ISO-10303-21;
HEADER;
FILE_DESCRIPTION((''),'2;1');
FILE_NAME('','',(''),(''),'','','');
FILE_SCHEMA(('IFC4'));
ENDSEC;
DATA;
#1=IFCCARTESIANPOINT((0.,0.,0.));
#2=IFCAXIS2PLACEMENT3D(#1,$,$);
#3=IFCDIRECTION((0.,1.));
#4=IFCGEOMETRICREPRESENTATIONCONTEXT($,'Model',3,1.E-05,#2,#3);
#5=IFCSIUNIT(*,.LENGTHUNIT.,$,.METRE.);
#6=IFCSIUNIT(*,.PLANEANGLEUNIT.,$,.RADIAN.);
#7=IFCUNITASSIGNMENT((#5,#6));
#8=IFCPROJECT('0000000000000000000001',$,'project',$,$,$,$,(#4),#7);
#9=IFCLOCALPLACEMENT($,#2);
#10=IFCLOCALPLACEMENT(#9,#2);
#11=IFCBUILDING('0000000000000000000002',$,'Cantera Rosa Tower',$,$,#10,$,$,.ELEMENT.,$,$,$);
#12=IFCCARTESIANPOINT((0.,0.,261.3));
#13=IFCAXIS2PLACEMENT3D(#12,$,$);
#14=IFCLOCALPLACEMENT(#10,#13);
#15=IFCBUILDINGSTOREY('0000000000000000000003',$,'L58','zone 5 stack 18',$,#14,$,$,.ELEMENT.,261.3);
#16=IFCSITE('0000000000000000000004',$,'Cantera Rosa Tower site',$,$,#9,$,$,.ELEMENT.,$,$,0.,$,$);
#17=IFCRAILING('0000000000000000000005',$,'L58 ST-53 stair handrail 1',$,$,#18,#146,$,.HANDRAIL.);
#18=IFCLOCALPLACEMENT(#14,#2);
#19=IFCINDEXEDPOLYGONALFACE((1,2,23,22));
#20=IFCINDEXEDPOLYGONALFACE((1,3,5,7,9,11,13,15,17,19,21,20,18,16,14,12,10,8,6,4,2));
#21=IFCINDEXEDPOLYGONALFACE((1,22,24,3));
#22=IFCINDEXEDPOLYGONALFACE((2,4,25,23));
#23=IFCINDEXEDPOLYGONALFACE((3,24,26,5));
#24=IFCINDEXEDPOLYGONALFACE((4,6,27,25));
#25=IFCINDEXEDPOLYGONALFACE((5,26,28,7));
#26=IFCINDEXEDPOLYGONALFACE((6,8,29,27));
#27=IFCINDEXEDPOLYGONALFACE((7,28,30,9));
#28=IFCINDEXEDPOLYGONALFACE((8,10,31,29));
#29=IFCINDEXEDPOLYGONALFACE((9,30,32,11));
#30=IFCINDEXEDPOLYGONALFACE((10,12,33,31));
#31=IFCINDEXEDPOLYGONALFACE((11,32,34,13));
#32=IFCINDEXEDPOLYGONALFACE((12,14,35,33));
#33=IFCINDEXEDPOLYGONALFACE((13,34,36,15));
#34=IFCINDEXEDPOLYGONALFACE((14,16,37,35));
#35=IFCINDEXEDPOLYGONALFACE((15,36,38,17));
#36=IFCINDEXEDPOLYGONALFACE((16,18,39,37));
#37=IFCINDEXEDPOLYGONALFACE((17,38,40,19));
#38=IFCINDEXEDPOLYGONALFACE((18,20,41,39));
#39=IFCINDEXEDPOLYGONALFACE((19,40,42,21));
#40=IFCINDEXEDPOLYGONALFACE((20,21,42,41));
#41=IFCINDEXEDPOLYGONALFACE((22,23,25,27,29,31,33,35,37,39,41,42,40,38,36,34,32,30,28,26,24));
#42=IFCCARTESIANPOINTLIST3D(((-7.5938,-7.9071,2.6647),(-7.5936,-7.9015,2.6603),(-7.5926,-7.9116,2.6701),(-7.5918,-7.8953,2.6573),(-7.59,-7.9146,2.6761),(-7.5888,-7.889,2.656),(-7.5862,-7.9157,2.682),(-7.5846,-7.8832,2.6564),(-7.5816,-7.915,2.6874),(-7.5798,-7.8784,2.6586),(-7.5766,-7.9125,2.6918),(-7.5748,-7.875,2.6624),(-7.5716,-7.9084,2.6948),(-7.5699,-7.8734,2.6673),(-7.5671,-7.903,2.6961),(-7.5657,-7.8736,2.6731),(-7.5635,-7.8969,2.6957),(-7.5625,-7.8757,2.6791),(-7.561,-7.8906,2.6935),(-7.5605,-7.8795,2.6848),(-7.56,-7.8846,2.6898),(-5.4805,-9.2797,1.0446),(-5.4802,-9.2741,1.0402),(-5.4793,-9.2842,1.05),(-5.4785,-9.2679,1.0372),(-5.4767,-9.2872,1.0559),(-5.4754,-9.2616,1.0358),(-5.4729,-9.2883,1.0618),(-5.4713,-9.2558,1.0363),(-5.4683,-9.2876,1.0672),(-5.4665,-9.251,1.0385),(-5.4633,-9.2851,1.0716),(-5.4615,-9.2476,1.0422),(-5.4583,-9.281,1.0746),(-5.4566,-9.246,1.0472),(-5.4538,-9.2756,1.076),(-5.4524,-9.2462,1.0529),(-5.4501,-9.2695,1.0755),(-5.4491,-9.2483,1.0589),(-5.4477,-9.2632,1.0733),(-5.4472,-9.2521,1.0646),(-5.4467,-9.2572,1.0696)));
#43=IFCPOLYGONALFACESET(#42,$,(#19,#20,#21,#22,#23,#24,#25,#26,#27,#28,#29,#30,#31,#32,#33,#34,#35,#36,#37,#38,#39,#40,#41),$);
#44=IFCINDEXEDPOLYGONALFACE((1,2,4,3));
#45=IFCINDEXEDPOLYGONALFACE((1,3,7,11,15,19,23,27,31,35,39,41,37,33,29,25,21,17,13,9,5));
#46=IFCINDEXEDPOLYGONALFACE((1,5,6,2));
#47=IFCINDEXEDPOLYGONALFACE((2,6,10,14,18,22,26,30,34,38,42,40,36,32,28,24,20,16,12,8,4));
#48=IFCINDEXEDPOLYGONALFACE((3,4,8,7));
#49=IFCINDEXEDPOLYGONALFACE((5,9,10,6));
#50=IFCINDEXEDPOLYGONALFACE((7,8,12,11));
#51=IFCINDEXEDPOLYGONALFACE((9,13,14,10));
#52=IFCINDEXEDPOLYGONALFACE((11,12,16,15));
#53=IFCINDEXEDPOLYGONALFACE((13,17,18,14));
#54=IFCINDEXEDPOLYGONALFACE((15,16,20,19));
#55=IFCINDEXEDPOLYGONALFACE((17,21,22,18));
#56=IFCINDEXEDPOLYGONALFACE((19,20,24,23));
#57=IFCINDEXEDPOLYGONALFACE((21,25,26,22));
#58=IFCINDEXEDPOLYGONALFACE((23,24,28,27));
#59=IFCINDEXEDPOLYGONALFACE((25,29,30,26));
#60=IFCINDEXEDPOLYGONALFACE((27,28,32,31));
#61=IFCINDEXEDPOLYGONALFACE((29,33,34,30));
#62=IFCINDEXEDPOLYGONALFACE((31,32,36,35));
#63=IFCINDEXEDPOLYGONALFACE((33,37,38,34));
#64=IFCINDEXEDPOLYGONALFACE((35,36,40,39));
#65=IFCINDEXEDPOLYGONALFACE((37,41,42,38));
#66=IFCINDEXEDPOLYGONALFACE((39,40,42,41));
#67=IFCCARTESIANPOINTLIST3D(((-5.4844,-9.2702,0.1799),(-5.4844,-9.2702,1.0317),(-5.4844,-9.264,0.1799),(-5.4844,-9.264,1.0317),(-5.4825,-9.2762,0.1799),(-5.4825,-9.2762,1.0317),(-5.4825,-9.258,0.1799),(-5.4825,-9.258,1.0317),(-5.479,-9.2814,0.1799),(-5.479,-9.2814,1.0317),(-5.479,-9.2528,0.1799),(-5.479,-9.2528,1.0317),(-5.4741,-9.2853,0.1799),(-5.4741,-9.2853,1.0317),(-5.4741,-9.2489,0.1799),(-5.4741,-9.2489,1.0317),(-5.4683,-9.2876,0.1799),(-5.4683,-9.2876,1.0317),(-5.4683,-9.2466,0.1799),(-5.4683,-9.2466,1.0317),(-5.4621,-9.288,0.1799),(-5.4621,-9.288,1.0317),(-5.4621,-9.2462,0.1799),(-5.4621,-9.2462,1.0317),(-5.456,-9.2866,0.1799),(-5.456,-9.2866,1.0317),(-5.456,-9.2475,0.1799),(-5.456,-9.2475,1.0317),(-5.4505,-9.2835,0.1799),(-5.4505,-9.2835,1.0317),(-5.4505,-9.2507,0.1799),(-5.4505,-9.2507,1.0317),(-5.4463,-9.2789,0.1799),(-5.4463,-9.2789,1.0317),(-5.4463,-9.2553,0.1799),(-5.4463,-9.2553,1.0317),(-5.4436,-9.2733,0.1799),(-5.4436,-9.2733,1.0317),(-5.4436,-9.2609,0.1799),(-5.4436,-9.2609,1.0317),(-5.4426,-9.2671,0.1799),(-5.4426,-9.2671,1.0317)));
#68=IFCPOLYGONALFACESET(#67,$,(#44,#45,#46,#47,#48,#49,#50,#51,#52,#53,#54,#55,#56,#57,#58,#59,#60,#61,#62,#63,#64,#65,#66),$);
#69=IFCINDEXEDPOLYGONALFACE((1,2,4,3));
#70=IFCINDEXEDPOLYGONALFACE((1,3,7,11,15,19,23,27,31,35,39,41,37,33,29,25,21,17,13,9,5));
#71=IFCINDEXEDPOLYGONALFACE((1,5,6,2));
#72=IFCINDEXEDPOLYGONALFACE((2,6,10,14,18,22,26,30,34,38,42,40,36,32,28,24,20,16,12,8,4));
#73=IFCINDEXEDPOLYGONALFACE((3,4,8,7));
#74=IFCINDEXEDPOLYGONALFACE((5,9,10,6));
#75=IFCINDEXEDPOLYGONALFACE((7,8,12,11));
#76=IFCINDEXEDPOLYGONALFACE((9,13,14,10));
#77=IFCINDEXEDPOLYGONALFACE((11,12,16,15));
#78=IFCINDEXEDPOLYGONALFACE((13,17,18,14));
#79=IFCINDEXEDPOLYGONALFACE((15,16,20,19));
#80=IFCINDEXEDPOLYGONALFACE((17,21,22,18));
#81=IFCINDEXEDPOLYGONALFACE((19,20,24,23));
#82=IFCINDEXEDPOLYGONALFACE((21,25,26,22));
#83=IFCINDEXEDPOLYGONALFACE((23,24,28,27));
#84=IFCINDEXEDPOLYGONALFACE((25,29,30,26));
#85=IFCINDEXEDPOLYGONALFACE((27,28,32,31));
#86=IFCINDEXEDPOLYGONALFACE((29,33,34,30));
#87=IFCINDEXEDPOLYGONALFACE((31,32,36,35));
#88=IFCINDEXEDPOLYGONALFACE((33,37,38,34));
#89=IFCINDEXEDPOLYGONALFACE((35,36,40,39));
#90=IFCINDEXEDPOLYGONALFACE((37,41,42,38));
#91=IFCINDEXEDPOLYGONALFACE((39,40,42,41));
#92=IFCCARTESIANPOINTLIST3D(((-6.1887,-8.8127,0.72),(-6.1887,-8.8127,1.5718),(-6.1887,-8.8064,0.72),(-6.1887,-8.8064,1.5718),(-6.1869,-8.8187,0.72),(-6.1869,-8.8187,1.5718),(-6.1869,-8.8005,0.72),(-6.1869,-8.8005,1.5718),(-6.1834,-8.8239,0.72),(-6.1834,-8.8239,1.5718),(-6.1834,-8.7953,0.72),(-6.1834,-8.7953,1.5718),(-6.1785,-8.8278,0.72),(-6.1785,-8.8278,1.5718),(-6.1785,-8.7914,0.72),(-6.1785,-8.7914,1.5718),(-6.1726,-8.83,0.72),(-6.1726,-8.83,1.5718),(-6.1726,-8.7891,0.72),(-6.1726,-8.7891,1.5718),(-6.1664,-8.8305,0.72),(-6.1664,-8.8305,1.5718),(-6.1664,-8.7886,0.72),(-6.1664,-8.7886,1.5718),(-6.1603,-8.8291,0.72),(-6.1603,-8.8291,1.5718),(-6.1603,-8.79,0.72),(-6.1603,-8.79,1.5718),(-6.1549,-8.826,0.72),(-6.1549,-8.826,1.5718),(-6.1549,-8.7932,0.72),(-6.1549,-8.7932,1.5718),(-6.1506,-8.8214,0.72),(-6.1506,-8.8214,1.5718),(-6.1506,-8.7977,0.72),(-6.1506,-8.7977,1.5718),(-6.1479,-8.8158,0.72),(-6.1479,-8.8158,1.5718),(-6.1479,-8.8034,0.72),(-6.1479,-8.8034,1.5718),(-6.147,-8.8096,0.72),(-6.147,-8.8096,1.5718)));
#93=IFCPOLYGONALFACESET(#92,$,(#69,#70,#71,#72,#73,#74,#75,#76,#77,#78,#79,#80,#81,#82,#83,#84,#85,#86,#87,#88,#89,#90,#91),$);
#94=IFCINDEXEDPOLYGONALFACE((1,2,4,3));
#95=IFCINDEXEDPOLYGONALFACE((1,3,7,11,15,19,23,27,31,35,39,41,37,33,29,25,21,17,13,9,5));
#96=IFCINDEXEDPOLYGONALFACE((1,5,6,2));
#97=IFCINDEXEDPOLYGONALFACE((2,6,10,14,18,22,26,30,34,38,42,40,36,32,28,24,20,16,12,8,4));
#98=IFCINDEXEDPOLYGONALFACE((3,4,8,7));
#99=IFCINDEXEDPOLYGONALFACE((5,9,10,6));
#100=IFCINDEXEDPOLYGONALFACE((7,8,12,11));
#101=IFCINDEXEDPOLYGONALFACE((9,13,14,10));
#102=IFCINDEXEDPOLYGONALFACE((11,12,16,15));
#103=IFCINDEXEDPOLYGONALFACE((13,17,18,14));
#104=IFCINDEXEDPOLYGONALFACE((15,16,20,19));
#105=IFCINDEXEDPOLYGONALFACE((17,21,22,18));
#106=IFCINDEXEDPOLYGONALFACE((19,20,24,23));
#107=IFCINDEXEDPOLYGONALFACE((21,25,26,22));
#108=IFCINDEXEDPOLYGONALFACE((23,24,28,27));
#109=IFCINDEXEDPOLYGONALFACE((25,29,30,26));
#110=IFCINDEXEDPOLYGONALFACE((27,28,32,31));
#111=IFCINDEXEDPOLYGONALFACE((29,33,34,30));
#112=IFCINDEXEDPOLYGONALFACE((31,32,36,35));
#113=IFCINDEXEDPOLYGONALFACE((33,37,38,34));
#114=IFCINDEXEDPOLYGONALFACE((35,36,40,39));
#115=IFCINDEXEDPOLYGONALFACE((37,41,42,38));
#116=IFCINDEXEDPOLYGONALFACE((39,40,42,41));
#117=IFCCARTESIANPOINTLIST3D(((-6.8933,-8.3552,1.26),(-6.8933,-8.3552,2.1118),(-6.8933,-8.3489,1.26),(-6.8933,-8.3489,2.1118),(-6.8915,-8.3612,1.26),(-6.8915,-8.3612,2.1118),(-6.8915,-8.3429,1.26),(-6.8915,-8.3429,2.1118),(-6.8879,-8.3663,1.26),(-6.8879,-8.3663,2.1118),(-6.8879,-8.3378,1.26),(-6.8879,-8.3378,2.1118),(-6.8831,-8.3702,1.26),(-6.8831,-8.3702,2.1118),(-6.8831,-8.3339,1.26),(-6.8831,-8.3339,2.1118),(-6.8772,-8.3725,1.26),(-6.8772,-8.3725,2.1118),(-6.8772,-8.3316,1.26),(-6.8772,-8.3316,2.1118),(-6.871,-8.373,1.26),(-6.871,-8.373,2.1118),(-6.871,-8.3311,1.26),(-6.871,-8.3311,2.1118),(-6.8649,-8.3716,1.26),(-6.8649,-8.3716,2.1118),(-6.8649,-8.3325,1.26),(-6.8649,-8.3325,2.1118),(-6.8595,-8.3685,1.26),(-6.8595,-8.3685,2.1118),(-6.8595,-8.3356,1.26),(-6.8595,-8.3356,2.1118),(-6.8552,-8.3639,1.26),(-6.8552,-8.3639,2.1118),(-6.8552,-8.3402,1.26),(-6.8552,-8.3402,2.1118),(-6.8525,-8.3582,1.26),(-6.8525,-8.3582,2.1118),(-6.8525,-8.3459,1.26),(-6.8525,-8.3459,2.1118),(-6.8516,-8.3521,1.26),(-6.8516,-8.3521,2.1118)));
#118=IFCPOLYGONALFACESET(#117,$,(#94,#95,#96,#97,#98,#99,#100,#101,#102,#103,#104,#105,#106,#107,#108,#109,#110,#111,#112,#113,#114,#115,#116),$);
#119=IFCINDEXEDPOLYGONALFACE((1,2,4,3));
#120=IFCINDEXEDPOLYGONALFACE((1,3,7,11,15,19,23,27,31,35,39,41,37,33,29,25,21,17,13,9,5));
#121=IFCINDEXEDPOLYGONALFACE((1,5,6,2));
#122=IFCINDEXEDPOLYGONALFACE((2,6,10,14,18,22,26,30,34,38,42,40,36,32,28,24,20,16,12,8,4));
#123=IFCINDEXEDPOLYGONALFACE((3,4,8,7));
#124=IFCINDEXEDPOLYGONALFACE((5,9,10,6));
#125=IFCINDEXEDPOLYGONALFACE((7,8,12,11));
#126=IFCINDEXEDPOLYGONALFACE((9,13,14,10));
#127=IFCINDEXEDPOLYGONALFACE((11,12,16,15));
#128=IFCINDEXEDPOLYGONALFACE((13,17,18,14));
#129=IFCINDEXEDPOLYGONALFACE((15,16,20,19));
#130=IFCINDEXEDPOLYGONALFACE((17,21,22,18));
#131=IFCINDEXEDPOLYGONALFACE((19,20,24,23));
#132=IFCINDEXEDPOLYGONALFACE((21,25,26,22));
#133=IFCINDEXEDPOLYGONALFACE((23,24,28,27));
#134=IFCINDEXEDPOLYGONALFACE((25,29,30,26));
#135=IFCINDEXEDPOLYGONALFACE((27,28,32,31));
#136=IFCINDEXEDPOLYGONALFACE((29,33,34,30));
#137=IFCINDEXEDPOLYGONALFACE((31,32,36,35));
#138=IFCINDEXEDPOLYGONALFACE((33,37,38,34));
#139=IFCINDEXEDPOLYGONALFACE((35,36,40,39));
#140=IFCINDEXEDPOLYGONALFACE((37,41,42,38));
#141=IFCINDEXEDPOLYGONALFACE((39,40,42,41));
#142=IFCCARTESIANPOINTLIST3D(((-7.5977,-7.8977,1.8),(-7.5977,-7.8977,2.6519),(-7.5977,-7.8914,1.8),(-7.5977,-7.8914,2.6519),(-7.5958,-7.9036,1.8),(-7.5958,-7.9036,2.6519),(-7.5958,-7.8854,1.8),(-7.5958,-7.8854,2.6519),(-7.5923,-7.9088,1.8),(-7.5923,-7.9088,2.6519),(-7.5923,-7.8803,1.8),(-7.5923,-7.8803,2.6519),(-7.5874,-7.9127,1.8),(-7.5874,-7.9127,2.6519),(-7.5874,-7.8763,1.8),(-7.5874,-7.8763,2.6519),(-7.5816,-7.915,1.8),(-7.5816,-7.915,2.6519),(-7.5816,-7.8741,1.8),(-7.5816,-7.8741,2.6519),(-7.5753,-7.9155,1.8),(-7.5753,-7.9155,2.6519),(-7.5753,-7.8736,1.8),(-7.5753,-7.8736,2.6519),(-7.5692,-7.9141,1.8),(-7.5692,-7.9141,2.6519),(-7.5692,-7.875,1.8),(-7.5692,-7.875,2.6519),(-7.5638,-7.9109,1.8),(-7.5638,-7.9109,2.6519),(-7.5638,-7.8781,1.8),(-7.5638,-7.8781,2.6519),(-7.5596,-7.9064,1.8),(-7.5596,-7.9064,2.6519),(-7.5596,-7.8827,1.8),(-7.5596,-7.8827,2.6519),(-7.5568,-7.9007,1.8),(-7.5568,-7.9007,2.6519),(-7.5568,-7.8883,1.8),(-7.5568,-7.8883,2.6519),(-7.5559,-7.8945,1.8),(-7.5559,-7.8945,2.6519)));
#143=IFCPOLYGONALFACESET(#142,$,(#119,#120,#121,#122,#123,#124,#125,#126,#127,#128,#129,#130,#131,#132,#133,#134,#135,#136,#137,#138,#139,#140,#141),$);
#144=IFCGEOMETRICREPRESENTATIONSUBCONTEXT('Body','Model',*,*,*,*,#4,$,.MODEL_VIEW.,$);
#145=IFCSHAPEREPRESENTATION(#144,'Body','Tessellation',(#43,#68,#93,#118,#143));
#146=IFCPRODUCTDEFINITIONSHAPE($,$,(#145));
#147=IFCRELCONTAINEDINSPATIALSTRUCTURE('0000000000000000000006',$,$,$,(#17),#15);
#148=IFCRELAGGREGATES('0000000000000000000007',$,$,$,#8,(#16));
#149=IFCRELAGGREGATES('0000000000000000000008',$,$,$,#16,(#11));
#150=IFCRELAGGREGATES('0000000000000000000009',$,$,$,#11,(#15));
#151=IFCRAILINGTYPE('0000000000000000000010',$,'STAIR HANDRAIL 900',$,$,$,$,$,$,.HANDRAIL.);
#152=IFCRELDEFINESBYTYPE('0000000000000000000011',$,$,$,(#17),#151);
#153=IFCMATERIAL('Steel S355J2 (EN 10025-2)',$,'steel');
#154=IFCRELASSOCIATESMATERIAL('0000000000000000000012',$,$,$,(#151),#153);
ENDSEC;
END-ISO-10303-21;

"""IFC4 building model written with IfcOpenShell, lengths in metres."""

from ifc_helpers import new_model, si_unit, direction, frame, origin, origin_2d, place, context, subcontext, project, spatial, circle, extrude, material, type_object, element, save


model = new_model("IFC4")

# Units and contexts
model_context = context("Model", 3, precision=1e-05, world=origin(), true_north=direction((0.0, 1.0)))
body_context = subcontext(model_context, "Body", "Model", "MODEL_VIEW")
ifc_project = project(units=[si_unit("LENGTHUNIT", "METRE"), si_unit("PLANEANGLEUNIT", "RADIAN")], contexts=[model_context])

# Site, building, storey
site_placement = place(None, origin())
site = spatial("IfcSite", under=ifc_project, at=site_placement, Name="Cantera Rosa Tower site", CompositionType="ELEMENT", RefElevation=0.0)
building_placement = place(site_placement, origin())
building = spatial("IfcBuilding", under=site, at=building_placement, Name="Cantera Rosa Tower", CompositionType="ELEMENT")
storey_placement = place(building_placement, frame((0.0, 0.0, 261.3)))
storey = spatial("IfcBuildingStorey", under=building, at=storey_placement, Name="L58", Description="zone 5 stack 18", CompositionType="ELEMENT", Elevation=261.3)

# Railing
ifc_material_1 = material(Name="Steel S355J2 (EN 10025-2)", Category="steel")
railing_type_1 = type_object("IfcRailingType", Name="STAIR HANDRAIL 900", PredefinedType="HANDRAIL", material=ifc_material_1)
railing_1_placement = place(storey_placement, frame((-5.4636, -9.2671, 0.1799)))
element("IfcRailing", 1, at=railing_1_placement, inside=storey, type_object=railing_type_1, Name="L58 ST-53 stair handrail 1", PredefinedType="HANDRAIL", context=body_context, shape_type="SweptSolid", body=[
    extrude(circle(Radius=0.0239, at=origin_2d()), frame((0.0, 0.0, 0.876), z_axis=(-0.705421, 0.458165, 0.540801), x_axis=(-0.544689, -0.838638, 0.0)), (0.0, 0.0, 1.0), 2.9958),
    extrude(circle(Radius=0.021, at=origin_2d()), origin(), (0.0, 0.0, 1.0), 0.8518),
    extrude(circle(Radius=0.021, at=origin_2d()), frame((-0.7043, 0.4575, 0.54)), (0.0, 0.0, 1.0), 0.8518),
    extrude(circle(Radius=0.021, at=origin_2d()), frame((-1.4089, 0.915, 1.0801)), (0.0, 0.0, 1.0), 0.8518),
    extrude(circle(Radius=0.021, at=origin_2d()), frame((-2.1133, 1.3726, 1.6201)), (0.0, 0.0, 1.0), 0.8518),
])

save(model, "model.ifc")
